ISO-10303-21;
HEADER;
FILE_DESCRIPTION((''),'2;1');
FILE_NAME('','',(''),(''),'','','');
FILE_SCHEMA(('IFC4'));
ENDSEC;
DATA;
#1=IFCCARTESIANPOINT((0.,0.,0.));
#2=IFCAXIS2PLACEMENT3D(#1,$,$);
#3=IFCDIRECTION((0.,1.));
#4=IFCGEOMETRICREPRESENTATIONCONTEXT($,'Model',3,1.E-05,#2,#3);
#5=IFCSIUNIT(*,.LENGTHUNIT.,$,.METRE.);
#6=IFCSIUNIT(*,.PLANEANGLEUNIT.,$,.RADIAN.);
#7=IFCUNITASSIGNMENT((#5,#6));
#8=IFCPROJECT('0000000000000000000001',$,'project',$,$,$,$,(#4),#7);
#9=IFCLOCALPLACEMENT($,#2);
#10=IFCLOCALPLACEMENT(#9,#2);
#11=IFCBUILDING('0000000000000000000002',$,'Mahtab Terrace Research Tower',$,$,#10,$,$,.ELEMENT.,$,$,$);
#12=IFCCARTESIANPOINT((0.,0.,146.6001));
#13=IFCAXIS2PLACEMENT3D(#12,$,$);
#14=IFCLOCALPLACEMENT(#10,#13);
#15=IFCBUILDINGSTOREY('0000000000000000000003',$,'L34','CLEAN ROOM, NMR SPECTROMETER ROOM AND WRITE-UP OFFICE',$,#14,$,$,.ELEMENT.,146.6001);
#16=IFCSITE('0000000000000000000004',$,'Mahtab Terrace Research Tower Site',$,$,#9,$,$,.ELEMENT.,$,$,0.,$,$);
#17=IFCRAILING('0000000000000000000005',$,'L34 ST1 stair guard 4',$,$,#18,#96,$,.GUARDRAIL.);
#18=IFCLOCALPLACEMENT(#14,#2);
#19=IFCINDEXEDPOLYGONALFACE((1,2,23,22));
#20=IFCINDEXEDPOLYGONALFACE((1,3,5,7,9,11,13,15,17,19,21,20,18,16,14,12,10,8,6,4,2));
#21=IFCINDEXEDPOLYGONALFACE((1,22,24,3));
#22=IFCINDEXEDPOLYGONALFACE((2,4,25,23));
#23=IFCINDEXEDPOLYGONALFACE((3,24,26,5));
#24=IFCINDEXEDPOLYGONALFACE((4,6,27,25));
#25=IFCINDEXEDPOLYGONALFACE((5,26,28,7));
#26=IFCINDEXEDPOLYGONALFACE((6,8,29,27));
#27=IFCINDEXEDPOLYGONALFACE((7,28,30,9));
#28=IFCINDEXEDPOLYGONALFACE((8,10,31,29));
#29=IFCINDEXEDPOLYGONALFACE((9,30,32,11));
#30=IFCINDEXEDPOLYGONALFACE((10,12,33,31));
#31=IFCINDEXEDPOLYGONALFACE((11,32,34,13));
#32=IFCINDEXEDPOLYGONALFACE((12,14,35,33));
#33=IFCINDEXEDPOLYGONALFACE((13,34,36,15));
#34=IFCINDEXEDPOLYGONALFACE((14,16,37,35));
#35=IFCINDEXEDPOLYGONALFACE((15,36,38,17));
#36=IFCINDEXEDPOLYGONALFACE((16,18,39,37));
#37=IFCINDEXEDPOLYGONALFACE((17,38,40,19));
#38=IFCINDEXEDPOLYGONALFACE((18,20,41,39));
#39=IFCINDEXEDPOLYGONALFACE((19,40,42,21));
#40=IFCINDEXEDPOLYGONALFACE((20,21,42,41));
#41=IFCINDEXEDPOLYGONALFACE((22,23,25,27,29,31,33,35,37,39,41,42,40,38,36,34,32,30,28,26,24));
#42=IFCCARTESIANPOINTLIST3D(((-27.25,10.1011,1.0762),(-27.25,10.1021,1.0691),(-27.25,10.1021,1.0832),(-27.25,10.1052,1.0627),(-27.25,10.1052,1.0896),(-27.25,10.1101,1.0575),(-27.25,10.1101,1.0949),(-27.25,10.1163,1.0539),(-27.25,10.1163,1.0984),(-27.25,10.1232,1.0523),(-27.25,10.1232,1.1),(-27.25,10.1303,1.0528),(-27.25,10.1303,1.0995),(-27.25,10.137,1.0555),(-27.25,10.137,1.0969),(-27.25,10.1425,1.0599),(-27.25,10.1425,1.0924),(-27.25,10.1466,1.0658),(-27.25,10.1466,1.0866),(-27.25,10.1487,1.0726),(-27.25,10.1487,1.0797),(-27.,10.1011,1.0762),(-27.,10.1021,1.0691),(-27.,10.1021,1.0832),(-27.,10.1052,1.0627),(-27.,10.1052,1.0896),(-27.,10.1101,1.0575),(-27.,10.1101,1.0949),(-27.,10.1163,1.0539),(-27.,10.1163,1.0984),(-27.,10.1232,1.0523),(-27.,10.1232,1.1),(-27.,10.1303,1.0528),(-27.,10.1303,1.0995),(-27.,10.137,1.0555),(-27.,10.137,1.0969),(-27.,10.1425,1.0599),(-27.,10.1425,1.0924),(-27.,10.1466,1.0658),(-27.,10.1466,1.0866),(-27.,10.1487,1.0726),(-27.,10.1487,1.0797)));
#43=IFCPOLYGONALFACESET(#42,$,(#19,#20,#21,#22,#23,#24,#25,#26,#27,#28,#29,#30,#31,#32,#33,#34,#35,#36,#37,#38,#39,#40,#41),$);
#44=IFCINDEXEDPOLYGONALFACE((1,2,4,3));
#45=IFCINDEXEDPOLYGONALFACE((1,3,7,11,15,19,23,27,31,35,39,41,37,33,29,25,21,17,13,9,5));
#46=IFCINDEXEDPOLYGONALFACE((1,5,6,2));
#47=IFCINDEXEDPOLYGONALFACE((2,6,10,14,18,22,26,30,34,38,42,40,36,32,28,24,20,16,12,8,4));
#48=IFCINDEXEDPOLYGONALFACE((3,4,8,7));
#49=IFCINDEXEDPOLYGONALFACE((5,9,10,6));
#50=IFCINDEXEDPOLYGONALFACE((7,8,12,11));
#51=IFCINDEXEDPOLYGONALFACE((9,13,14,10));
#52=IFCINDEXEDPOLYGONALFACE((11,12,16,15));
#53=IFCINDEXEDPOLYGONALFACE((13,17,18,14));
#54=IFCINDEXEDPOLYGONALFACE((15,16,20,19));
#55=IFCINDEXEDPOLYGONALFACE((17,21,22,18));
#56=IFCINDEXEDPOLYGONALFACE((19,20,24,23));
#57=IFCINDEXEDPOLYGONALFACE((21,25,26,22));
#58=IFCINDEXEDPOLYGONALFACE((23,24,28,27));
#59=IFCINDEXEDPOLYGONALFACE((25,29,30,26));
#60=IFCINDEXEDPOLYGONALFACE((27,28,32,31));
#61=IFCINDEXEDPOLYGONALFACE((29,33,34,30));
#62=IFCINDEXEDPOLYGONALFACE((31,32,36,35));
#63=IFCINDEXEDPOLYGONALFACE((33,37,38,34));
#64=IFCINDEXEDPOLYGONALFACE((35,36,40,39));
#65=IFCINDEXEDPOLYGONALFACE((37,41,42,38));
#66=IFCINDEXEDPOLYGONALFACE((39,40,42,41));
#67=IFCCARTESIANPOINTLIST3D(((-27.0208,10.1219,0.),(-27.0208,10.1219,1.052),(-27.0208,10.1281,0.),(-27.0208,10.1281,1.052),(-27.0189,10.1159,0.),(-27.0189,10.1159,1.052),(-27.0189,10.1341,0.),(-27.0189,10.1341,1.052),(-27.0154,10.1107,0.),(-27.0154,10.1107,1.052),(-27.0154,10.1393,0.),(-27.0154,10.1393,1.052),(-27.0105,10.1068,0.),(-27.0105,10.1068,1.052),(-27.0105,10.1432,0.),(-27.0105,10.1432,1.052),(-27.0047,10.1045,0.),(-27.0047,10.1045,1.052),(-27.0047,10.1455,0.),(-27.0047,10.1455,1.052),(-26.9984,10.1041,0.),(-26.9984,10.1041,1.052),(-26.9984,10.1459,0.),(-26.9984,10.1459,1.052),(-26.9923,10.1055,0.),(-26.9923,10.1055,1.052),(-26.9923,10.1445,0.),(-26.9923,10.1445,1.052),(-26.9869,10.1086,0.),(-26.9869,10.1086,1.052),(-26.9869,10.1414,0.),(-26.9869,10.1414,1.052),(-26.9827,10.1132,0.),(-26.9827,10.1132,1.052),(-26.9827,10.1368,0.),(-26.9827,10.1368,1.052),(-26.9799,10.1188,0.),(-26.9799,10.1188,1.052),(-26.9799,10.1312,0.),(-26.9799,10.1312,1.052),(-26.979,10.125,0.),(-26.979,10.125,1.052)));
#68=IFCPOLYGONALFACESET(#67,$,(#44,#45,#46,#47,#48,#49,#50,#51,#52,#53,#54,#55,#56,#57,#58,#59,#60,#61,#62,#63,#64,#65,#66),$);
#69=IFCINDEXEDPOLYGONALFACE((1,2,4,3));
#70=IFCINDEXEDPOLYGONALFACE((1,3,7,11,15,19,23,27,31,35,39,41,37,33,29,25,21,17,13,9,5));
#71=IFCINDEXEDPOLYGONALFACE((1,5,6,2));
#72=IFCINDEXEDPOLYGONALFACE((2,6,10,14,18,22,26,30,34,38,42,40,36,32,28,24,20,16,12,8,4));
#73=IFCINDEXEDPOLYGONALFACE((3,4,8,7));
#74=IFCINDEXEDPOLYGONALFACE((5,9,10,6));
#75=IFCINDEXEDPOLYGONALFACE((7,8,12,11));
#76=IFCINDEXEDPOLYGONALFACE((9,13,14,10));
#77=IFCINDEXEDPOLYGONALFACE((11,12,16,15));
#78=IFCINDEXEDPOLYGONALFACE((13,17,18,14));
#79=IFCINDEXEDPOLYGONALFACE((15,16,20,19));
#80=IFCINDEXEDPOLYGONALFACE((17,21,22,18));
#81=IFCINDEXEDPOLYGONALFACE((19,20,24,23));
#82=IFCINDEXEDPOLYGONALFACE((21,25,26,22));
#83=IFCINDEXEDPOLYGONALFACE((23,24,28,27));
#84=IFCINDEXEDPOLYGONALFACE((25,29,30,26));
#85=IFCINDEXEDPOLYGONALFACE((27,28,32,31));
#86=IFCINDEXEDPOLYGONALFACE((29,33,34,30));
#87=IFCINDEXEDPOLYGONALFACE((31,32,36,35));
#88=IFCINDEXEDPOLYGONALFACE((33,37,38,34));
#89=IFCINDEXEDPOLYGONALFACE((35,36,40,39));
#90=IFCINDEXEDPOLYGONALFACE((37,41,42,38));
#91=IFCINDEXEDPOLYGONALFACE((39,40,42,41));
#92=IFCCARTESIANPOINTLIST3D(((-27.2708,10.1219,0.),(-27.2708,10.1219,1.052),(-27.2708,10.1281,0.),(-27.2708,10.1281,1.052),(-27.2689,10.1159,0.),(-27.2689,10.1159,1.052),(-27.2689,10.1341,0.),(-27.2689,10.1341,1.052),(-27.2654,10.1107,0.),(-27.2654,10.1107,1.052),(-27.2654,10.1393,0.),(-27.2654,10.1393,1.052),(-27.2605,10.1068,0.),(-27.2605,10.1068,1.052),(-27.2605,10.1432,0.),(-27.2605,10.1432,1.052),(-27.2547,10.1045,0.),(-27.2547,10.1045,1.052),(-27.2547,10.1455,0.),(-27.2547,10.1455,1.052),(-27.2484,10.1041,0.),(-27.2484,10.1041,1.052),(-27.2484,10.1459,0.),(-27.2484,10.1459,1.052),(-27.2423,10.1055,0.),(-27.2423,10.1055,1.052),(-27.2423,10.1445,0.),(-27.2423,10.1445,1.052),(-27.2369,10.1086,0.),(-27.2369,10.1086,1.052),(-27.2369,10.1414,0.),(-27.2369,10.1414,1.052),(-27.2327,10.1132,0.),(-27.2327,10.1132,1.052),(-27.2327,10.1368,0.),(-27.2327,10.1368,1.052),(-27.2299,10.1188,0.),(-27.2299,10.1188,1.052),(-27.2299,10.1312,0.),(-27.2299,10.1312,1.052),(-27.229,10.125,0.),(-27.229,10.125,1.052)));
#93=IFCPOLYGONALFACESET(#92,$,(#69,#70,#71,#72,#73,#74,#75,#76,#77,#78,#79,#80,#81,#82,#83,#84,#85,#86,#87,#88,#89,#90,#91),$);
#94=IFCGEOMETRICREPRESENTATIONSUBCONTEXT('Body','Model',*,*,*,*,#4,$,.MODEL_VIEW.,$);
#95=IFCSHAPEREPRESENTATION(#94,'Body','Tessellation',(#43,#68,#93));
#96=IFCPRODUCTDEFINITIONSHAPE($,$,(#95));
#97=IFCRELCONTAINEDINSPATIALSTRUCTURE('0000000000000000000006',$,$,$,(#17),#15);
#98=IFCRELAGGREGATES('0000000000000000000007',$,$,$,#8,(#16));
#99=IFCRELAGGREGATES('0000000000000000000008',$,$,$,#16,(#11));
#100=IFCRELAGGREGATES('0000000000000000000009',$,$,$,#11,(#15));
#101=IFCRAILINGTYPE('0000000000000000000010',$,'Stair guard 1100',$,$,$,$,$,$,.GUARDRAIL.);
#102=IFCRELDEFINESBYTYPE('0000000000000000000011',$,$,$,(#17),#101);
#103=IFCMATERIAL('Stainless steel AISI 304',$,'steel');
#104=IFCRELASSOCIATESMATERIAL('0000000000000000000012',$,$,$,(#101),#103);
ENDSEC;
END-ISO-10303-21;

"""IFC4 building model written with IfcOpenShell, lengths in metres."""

from ifc_helpers import new_model, si_unit, direction, frame, origin, origin_2d, place, context, subcontext, project, spatial, circle, extrude, material, type_object, element, save


model = new_model("IFC4")

# Units and contexts
model_context = context("Model", 3, precision=1e-05, world=origin(), true_north=direction((0.0, 1.0)))
body_context = subcontext(model_context, "Body", "Model", "MODEL_VIEW")
ifc_project = project(units=[si_unit("LENGTHUNIT", "METRE"), si_unit("PLANEANGLEUNIT", "RADIAN")], contexts=[model_context])

# Site, building, storey
site_placement = place(None, origin())
site = spatial("IfcSite", under=ifc_project, at=site_placement, Name="Mahtab Terrace Research Tower Site", CompositionType="ELEMENT", RefElevation=0.0)
building_placement = place(site_placement, origin())
building = spatial("IfcBuilding", under=site, at=building_placement, Name="Mahtab Terrace Research Tower", CompositionType="ELEMENT")
storey_placement = place(building_placement, frame((0.0, 0.0, 146.6001)))
storey = spatial("IfcBuildingStorey", under=building, at=storey_placement, Name="L34", Description="CLEAN ROOM, NMR SPECTROMETER ROOM AND WRITE-UP OFFICE", CompositionType="ELEMENT", Elevation=146.6001)

# Railing
ifc_material_1 = material(Name="Stainless steel AISI 304", Category="steel")
railing_type_1 = type_object("IfcRailingType", Name="Stair guard 1100", PredefinedType="GUARDRAIL", material=ifc_material_1)
railing_1_placement = place(storey_placement, frame((-27.0, 10.125, 0.0)))
element("IfcRailing", 1, at=railing_1_placement, inside=storey, type_object=railing_type_1, Name="L34 ST1 stair guard 4", PredefinedType="GUARDRAIL", context=body_context, shape_type="SweptSolid", body=[
    extrude(circle(Radius=0.0239, at=origin_2d()), frame((0.0, 0.0, 1.0762), z_axis=(-1.0, 0.0, 0.0), x_axis=(0.0, -1.0, 0.0)), (0.0, 0.0, 1.0), 0.25),
    extrude(circle(Radius=0.021, at=origin_2d()), origin(), (0.0, 0.0, 1.0), 1.052),
    extrude(circle(Radius=0.021, at=origin_2d()), frame((-0.25, 0.0, 0.0)), (0.0, 0.0, 1.0), 1.052),
])

save(model, "model.ifc")
